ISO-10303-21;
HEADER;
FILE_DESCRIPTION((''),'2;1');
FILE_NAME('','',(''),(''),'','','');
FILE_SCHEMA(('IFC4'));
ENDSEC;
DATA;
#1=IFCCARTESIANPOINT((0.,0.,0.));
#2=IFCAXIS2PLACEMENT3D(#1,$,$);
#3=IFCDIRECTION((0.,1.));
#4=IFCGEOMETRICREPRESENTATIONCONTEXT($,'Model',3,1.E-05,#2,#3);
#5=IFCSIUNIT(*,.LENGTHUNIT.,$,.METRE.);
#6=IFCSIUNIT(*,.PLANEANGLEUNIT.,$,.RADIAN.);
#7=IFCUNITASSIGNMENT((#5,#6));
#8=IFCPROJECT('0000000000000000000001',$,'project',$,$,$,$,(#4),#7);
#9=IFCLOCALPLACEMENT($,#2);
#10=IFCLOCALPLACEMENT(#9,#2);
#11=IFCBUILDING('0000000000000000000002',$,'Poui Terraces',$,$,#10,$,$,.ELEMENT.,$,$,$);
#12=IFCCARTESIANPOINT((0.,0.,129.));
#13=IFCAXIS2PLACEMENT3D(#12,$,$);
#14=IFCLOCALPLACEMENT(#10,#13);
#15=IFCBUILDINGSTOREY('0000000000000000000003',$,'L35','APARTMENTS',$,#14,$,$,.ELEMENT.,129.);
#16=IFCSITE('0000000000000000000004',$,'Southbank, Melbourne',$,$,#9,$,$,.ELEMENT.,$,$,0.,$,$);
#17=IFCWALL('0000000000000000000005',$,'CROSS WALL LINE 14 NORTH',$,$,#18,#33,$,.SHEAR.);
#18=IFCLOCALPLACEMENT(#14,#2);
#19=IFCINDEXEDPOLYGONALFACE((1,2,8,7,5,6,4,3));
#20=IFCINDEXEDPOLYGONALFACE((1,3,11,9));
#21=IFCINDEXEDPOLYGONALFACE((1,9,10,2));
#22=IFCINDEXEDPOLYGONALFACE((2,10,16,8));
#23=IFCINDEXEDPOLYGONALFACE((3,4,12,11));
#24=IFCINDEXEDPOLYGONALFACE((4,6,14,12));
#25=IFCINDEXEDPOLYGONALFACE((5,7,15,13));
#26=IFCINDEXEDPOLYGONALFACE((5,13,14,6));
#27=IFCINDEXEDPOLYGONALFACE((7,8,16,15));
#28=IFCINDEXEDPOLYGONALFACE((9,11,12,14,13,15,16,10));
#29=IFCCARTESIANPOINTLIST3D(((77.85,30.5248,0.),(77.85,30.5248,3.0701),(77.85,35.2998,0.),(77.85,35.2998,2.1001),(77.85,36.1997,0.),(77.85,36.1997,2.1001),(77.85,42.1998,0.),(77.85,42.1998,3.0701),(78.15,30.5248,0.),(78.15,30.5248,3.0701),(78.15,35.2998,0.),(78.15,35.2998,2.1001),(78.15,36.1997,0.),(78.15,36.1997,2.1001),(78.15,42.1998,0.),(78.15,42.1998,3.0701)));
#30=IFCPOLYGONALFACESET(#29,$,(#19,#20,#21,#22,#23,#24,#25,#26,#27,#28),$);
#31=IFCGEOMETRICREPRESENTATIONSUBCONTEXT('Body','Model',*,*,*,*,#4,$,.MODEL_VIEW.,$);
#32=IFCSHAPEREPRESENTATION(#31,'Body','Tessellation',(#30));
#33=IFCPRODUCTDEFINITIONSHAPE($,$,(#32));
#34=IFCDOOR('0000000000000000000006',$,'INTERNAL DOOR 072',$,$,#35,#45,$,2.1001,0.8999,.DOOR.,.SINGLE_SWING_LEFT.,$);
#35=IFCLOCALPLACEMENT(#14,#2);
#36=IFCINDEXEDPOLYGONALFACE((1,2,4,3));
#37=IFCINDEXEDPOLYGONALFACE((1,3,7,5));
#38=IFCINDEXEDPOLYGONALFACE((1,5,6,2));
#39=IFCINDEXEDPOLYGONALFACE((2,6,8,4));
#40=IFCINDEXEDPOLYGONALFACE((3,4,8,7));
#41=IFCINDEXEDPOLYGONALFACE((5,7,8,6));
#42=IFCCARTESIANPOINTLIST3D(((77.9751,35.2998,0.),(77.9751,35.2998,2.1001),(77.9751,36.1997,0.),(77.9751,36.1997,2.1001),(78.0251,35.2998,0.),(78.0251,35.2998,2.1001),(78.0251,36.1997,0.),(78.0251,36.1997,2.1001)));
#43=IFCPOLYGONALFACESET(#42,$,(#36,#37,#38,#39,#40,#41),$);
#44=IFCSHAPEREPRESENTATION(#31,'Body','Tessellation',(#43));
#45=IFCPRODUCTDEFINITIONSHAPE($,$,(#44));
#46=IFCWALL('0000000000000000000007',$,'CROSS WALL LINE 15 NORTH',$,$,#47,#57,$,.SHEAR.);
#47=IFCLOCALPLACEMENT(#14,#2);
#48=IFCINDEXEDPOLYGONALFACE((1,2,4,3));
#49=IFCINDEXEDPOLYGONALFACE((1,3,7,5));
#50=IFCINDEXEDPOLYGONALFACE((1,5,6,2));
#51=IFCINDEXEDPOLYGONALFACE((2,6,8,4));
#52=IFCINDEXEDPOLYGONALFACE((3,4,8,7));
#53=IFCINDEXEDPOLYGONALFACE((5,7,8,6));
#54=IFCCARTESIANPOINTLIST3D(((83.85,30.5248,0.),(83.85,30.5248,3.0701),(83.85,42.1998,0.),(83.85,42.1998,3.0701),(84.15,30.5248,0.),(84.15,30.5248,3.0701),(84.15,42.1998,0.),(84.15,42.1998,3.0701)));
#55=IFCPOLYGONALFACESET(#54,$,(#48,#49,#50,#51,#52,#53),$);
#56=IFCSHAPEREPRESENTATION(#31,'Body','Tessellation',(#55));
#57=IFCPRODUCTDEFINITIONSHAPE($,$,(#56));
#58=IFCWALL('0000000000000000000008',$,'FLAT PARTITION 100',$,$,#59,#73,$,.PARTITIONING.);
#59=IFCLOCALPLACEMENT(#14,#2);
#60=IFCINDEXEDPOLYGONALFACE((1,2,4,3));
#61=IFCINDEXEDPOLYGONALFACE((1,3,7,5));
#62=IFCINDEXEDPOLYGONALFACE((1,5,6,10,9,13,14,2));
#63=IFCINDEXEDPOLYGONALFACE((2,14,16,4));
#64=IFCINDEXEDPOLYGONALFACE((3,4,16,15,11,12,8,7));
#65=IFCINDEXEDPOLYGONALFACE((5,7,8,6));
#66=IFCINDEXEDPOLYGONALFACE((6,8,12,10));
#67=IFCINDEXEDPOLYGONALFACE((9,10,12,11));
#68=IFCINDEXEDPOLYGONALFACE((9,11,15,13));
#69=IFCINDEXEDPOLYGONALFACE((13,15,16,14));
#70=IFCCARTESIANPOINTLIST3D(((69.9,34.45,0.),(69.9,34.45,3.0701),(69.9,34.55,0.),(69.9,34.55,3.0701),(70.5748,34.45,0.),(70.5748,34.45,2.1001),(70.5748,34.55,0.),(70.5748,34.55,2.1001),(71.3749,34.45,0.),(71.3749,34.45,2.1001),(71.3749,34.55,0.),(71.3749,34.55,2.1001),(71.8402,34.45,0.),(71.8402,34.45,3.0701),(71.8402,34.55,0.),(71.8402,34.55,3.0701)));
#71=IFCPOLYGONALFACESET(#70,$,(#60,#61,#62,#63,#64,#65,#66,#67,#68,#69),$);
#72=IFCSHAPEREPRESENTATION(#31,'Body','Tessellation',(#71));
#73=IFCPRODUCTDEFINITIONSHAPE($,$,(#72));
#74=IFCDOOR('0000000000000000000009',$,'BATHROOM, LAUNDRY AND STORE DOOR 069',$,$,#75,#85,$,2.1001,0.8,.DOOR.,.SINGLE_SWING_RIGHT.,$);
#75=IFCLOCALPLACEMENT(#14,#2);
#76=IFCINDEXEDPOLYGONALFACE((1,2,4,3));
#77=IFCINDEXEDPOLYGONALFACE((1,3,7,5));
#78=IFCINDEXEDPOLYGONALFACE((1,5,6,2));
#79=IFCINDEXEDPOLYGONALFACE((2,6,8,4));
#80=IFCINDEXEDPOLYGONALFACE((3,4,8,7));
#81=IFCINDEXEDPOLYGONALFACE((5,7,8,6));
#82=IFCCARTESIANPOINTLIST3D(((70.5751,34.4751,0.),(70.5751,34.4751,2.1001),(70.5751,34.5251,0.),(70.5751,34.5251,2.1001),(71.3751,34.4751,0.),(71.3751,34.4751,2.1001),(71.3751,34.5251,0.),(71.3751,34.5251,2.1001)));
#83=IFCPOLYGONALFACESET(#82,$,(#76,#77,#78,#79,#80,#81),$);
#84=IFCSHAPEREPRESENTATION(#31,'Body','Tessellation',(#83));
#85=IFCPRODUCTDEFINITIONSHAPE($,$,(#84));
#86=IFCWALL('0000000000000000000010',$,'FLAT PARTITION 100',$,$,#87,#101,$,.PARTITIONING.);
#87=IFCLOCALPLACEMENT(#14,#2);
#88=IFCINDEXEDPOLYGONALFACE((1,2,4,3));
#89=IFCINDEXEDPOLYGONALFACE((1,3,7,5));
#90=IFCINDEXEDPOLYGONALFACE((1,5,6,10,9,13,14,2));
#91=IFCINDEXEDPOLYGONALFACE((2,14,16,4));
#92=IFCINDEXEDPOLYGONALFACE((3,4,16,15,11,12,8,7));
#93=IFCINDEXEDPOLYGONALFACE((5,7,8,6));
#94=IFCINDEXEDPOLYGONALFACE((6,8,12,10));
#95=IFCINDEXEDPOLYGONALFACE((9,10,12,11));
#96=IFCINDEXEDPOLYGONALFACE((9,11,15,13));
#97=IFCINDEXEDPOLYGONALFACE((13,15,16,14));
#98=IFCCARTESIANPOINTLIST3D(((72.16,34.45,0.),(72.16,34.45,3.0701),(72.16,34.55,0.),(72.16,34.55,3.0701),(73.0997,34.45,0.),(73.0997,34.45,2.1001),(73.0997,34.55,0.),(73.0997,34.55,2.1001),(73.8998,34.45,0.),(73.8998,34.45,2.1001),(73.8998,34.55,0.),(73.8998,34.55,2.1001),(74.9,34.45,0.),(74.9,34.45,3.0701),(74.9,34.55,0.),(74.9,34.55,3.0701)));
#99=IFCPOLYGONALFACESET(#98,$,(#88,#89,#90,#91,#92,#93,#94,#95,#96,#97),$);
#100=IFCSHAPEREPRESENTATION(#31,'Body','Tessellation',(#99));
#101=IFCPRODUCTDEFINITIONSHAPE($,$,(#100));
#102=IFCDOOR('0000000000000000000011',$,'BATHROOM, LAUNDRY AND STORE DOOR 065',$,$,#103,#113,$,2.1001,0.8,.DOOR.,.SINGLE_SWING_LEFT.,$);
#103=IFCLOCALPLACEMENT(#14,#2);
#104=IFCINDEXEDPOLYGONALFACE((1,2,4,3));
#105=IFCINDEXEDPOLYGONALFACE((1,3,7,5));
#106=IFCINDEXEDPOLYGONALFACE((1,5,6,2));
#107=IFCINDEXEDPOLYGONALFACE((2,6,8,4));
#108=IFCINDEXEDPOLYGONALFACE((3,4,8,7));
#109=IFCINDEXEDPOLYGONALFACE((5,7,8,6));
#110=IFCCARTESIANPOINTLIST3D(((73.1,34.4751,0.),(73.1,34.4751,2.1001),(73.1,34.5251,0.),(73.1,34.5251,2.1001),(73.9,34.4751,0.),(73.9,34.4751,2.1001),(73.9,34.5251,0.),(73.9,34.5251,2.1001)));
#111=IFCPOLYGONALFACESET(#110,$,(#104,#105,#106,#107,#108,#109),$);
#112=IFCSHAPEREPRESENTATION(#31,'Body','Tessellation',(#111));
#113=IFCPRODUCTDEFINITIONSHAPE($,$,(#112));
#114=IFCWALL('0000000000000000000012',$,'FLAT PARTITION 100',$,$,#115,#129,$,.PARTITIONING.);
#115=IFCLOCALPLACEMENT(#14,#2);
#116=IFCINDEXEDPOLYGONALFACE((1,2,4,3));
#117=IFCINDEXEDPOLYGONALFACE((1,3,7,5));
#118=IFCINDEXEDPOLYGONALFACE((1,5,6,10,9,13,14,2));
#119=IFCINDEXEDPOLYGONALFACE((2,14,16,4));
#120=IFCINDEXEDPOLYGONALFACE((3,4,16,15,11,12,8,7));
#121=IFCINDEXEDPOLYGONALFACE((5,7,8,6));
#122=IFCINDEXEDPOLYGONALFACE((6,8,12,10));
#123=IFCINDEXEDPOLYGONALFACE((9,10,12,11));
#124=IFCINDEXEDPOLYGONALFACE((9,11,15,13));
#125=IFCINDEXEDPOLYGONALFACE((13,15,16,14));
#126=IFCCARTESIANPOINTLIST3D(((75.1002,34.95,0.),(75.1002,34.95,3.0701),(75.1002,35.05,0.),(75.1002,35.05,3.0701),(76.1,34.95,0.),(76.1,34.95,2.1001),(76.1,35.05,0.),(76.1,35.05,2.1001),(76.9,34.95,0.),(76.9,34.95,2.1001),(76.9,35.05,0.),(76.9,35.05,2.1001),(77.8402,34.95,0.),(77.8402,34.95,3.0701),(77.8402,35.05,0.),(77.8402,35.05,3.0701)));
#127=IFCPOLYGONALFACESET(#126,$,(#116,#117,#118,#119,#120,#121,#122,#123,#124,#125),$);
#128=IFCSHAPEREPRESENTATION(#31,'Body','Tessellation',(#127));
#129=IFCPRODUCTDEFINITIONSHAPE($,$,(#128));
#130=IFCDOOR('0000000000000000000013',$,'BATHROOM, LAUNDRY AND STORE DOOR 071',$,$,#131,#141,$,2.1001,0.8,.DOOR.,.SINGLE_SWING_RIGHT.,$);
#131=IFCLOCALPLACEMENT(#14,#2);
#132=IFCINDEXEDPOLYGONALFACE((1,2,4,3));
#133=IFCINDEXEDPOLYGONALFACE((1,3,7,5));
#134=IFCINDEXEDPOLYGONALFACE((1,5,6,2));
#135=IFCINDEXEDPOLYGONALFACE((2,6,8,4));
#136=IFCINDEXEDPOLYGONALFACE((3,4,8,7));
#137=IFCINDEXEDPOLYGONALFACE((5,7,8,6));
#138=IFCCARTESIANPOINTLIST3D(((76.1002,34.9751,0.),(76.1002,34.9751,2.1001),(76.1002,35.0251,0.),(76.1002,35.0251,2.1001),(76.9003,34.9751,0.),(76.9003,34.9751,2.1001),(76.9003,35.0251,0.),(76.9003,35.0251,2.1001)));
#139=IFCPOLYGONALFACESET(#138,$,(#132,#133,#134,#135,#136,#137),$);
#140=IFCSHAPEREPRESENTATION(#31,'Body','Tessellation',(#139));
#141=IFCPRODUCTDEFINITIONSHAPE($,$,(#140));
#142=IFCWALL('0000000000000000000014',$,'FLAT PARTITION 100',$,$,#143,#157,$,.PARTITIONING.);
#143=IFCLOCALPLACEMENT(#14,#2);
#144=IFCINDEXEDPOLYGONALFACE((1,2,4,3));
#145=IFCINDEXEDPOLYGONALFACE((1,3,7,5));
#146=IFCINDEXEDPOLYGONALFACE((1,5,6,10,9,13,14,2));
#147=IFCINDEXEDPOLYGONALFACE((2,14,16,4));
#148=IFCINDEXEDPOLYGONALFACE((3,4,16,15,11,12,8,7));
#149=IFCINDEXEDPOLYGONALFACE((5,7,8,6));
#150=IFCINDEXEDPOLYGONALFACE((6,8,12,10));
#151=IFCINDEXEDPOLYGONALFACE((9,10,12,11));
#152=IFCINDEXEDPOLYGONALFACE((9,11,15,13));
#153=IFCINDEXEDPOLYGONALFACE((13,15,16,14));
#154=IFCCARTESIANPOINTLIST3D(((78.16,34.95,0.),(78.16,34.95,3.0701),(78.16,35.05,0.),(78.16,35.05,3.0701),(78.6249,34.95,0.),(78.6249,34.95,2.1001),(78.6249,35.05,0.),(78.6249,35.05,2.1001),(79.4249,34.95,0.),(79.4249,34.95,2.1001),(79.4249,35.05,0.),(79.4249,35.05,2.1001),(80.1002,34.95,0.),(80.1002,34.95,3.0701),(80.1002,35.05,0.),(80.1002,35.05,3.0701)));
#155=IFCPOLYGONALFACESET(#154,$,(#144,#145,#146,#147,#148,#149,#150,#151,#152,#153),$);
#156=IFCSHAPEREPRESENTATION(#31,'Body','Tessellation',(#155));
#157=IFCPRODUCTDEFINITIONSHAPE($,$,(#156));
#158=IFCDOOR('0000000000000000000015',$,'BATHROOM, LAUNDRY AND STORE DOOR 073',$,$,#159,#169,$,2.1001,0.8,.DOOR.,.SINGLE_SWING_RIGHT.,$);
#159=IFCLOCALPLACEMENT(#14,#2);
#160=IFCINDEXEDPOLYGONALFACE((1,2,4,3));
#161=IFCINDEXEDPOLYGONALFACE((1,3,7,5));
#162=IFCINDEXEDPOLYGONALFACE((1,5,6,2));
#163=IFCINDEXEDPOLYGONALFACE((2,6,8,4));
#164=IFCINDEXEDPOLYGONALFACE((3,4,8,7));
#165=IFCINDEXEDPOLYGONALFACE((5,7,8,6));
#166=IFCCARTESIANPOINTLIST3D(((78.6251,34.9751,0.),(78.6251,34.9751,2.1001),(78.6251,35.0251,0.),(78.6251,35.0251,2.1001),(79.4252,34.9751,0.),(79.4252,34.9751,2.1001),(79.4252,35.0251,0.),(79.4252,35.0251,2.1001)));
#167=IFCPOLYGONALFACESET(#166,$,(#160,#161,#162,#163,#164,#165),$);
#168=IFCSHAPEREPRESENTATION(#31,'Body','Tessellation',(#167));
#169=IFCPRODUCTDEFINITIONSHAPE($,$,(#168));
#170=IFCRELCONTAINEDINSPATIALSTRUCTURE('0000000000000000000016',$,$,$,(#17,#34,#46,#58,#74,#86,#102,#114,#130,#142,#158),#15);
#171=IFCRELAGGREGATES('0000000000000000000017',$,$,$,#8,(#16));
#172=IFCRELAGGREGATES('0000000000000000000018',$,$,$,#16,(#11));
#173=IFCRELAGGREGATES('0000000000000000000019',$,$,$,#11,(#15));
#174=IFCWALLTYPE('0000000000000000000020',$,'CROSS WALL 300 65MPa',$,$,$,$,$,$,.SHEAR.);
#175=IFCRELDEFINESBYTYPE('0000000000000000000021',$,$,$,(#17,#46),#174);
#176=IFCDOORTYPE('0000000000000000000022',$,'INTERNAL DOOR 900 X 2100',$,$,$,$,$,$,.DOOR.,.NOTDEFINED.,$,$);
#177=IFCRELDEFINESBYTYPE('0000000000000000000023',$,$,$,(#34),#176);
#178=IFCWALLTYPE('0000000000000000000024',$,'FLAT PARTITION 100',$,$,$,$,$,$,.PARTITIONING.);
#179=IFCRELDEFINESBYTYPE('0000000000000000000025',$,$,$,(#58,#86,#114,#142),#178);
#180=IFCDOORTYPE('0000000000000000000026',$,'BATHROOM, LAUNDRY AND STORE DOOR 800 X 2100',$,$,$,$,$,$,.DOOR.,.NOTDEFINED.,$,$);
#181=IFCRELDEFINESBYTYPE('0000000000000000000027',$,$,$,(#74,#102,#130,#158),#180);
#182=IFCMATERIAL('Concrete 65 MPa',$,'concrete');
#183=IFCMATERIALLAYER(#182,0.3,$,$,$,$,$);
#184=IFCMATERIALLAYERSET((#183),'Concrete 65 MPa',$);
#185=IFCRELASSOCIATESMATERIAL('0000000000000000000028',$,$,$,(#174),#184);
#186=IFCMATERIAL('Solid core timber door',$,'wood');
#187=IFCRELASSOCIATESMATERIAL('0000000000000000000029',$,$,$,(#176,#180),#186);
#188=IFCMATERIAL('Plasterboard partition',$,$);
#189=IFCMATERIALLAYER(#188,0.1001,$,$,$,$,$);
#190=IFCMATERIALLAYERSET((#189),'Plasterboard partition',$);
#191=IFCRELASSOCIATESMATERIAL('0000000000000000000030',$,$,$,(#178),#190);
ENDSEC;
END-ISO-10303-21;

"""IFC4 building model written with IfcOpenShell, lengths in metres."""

from ifc_helpers import new_model, si_unit, direction, frame, frame_2d, origin, place, context, subcontext, project, spatial, rectangle, extrude, material, layer, layer_set, type_object, element, fill, save


model = new_model("IFC4")

# Units and contexts
model_context = context("Model", 3, precision=1e-05, world=origin(), true_north=direction((0.0, 1.0)))
body_context = subcontext(model_context, "Body", "Model", "MODEL_VIEW")
ifc_project = project(units=[si_unit("LENGTHUNIT", "METRE"), si_unit("PLANEANGLEUNIT", "RADIAN")], contexts=[model_context])

# Site, building, storey
site_placement = place(None, origin())
site = spatial("IfcSite", under=ifc_project, at=site_placement, Name="Southbank, Melbourne", CompositionType="ELEMENT", RefElevation=0.0)
building_placement = place(site_placement, origin())
building = spatial("IfcBuilding", under=site, at=building_placement, Name="Poui Terraces", CompositionType="ELEMENT")
storey_placement = place(building_placement, frame((0.0, 0.0, 129.0)))
storey = spatial("IfcBuildingStorey", under=building, at=storey_placement, Name="L35", Description="APARTMENTS", CompositionType="ELEMENT", Elevation=129.0)

# Wall, opening, door
ifc_material_1 = material(Name="Concrete 65 MPa", Category="concrete")
ifc_layer_1 = layer(ifc_material_1, 0.3)
ifc_layer_set_1 = layer_set([ifc_layer_1], Name="Concrete 65 MPa")
wall_type_1 = type_object("IfcWallType", Name="CROSS WALL 300 65MPa", PredefinedType="SHEAR", material=ifc_layer_set_1)
wall_1_placement = place(storey_placement, frame((78.0, 30.5249, 0.0), z_axis=(0.0, 0.0, 1.0), x_axis=(0.0, 1.0, 0.0)))
wall_1 = element("IfcWall", 1, at=wall_1_placement, inside=storey, type_object=wall_type_1, Name="CROSS WALL LINE 14 NORTH", PredefinedType="SHEAR", context=body_context, shape_type="SweptSolid", body=[
    extrude(rectangle(XDim=11.675, YDim=0.3, at=frame_2d((5.8374, 0.0))), origin(), (0.0, 0.0, 1.0), 3.0701),
])
opening_1_placement = place(wall_1_placement, frame((4.7749, 0.0, 0.0)))
opening_1 = element("IfcOpeningElement", 2, at=opening_1_placement, cuts=wall_1, PredefinedType="OPENING", context=body_context, shape_type="SweptSolid", body=[
    extrude(rectangle(XDim=0.8999, YDim=2.1001, at=frame_2d((0.45, 1.05))), frame((0.0, 0.1602, 0.0), z_axis=(0.0, -1.0, 0.0), x_axis=(1.0, 0.0, 0.0)), (0.0, 0.0, 1.0), 0.3201),
])
ifc_material_2 = material(Name="Solid core timber door", Category="wood")
door_type_1 = type_object("IfcDoorType", Name="INTERNAL DOOR 900 X 2100", OperationType="NOTDEFINED", PredefinedType="DOOR", material=ifc_material_2)
door_1_placement = place(opening_1_placement, origin())
door_1 = element("IfcDoor", 3, at=door_1_placement, inside=storey, type_object=door_type_1, Name="INTERNAL DOOR 072", OperationType="SINGLE_SWING_LEFT", OverallHeight=2.1001, OverallWidth=0.8999, PredefinedType="DOOR", context=body_context, shape_type="SweptSolid", body=[
    extrude(rectangle(XDim=0.8999, YDim=2.1001, at=frame_2d((0.45, 1.05))), frame((0.0, 0.0249, 0.0), z_axis=(0.0, -1.0, 0.0), x_axis=(1.0, 0.0, 0.0)), (0.0, 0.0, 1.0), 0.05),
])
fill(opening_1, door_1)

# Wall
wall_2_placement = place(storey_placement, frame((84.0, 30.5249, 0.0), z_axis=(0.0, 0.0, 1.0), x_axis=(0.0, 1.0, 0.0)))
element("IfcWall", 4, at=wall_2_placement, inside=storey, type_object=wall_type_1, Name="CROSS WALL LINE 15 NORTH", PredefinedType="SHEAR", context=body_context, shape_type="SweptSolid", body=[
    extrude(rectangle(XDim=11.675, YDim=0.3, at=frame_2d((5.8374, 0.0))), origin(), (0.0, 0.0, 1.0), 3.0701),
])

# Walls, openings, doors
ifc_material_3 = material(Name="Plasterboard partition")
ifc_layer_2 = layer(ifc_material_3, 0.1001)
ifc_layer_set_2 = layer_set([ifc_layer_2], Name="Plasterboard partition")
wall_type_2 = type_object("IfcWallType", Name="FLAT PARTITION 100", PredefinedType="PARTITIONING", material=ifc_layer_set_2)
wall_3_placement = place(storey_placement, frame((69.8999, 34.5, 0.0), z_axis=(0.0, 0.0, 1.0), x_axis=(1.0, 0.0, 0.0)))
wall_3 = element("IfcWall", 5, at=wall_3_placement, inside=storey, type_object=wall_type_2, Name="FLAT PARTITION 100", PredefinedType="PARTITIONING", context=body_context, shape_type="SweptSolid", body=[
    extrude(rectangle(XDim=1.9402, YDim=0.1001, at=frame_2d((0.9702, 0.0))), origin(), (0.0, 0.0, 1.0), 3.0701),
])
opening_2_placement = place(wall_3_placement, frame((0.675, 0.0, 0.0)))
opening_2 = element("IfcOpeningElement", 6, at=opening_2_placement, cuts=wall_3, PredefinedType="OPENING", context=body_context, shape_type="SweptSolid", body=[
    extrude(rectangle(XDim=0.8, YDim=2.1001, at=frame_2d((0.3999, 1.05))), frame((0.0, 0.0601, 0.0), z_axis=(0.0, -1.0, 0.0), x_axis=(1.0, 0.0, 0.0)), (0.0, 0.0, 1.0), 0.1201),
])
door_type_2 = type_object("IfcDoorType", Name="BATHROOM, LAUNDRY AND STORE DOOR 800 X 2100", OperationType="NOTDEFINED", PredefinedType="DOOR", material=ifc_material_2)
door_2_placement = place(opening_2_placement, frame((0.8, 0.0, 0.0), z_axis=(0.0, 0.0, 1.0), x_axis=(-1.0, 0.0, 0.0)))
door_2 = element("IfcDoor", 7, at=door_2_placement, inside=storey, type_object=door_type_2, Name="BATHROOM, LAUNDRY AND STORE DOOR 069", OperationType="SINGLE_SWING_RIGHT", OverallHeight=2.1001, OverallWidth=0.8, PredefinedType="DOOR", context=body_context, shape_type="SweptSolid", body=[
    extrude(rectangle(XDim=0.8, YDim=2.1001, at=frame_2d((0.3999, 1.05))), frame((0.0, 0.0249, 0.0), z_axis=(0.0, -1.0, 0.0), x_axis=(1.0, 0.0, 0.0)), (0.0, 0.0, 1.0), 0.05),
])
fill(opening_2, door_2)
wall_4_placement = place(storey_placement, frame((72.1599, 34.5, 0.0), z_axis=(0.0, 0.0, 1.0), x_axis=(1.0, 0.0, 0.0)))
wall_4 = element("IfcWall", 8, at=wall_4_placement, inside=storey, type_object=wall_type_2, Name="FLAT PARTITION 100", PredefinedType="PARTITIONING", context=body_context, shape_type="SweptSolid", body=[
    extrude(rectangle(XDim=2.74, YDim=0.1001, at=frame_2d((1.3701, 0.0))), origin(), (0.0, 0.0, 1.0), 3.0701),
])
opening_3_placement = place(wall_4_placement, frame((0.9399, 0.0, 0.0)))
opening_3 = element("IfcOpeningElement", 9, at=opening_3_placement, cuts=wall_4, PredefinedType="OPENING", context=body_context, shape_type="SweptSolid", body=[
    extrude(rectangle(XDim=0.8, YDim=2.1001, at=frame_2d((0.3999, 1.05))), frame((0.0, 0.0601, 0.0), z_axis=(0.0, -1.0, 0.0), x_axis=(1.0, 0.0, 0.0)), (0.0, 0.0, 1.0), 0.1201),
])
door_3_placement = place(opening_3_placement, frame((0.8, 0.0, 0.0), z_axis=(0.0, 0.0, 1.0), x_axis=(-1.0, 0.0, 0.0)))
door_3 = element("IfcDoor", 10, at=door_3_placement, inside=storey, type_object=door_type_2, Name="BATHROOM, LAUNDRY AND STORE DOOR 065", OperationType="SINGLE_SWING_LEFT", OverallHeight=2.1001, OverallWidth=0.8, PredefinedType="DOOR", context=body_context, shape_type="SweptSolid", body=[
    extrude(rectangle(XDim=0.8, YDim=2.1001, at=frame_2d((0.3999, 1.05))), frame((0.0, 0.0249, 0.0), z_axis=(0.0, -1.0, 0.0), x_axis=(1.0, 0.0, 0.0)), (0.0, 0.0, 1.0), 0.05),
])
fill(opening_3, door_3)
wall_5_placement = place(storey_placement, frame((75.1001, 35.0, 0.0), z_axis=(0.0, 0.0, 1.0), x_axis=(1.0, 0.0, 0.0)))
wall_5 = element("IfcWall", 11, at=wall_5_placement, inside=storey, type_object=wall_type_2, Name="FLAT PARTITION 100", PredefinedType="PARTITIONING", context=body_context, shape_type="SweptSolid", body=[
    extrude(rectangle(XDim=2.74, YDim=0.1001, at=frame_2d((1.3701, 0.0))), origin(), (0.0, 0.0, 1.0), 3.0701),
])
opening_4_placement = place(wall_5_placement, frame((1.0, 0.0, 0.0)))
opening_4 = element("IfcOpeningElement", 12, at=opening_4_placement, cuts=wall_5, PredefinedType="OPENING", context=body_context, shape_type="SweptSolid", body=[
    extrude(rectangle(XDim=0.8, YDim=2.1001, at=frame_2d((0.3999, 1.05))), frame((0.0, 0.0601, 0.0), z_axis=(0.0, -1.0, 0.0), x_axis=(1.0, 0.0, 0.0)), (0.0, 0.0, 1.0), 0.1201),
])
door_4_placement = place(opening_4_placement, frame((0.8, 0.0, 0.0), z_axis=(0.0, 0.0, 1.0), x_axis=(-1.0, 0.0, 0.0)))
door_4 = element("IfcDoor", 13, at=door_4_placement, inside=storey, type_object=door_type_2, Name="BATHROOM, LAUNDRY AND STORE DOOR 071", OperationType="SINGLE_SWING_RIGHT", OverallHeight=2.1001, OverallWidth=0.8, PredefinedType="DOOR", context=body_context, shape_type="SweptSolid", body=[
    extrude(rectangle(XDim=0.8, YDim=2.1001, at=frame_2d((0.3999, 1.05))), frame((0.0, 0.0249, 0.0), z_axis=(0.0, -1.0, 0.0), x_axis=(1.0, 0.0, 0.0)), (0.0, 0.0, 1.0), 0.05),
])
fill(opening_4, door_4)
wall_6_placement = place(storey_placement, frame((78.1599, 35.0, 0.0), z_axis=(0.0, 0.0, 1.0), x_axis=(1.0, 0.0, 0.0)))
wall_6 = element("IfcWall", 14, at=wall_6_placement, inside=storey, type_object=wall_type_2, Name="FLAT PARTITION 100", PredefinedType="PARTITIONING", context=body_context, shape_type="SweptSolid", body=[
    extrude(rectangle(XDim=1.9402, YDim=0.1001, at=frame_2d((0.9702, 0.0))), origin(), (0.0, 0.0, 1.0), 3.0701),
])
opening_5_placement = place(wall_6_placement, frame((0.4651, 0.0, 0.0)))
opening_5 = element("IfcOpeningElement", 15, at=opening_5_placement, cuts=wall_6, PredefinedType="OPENING", context=body_context, shape_type="SweptSolid", body=[
    extrude(rectangle(XDim=0.8, YDim=2.1001, at=frame_2d((0.3999, 1.05))), frame((0.0, 0.0601, 0.0), z_axis=(0.0, -1.0, 0.0), x_axis=(1.0, 0.0, 0.0)), (0.0, 0.0, 1.0), 0.1201),
])
door_5_placement = place(opening_5_placement, frame((0.8, 0.0, 0.0), z_axis=(0.0, 0.0, 1.0), x_axis=(-1.0, 0.0, 0.0)))
door_5 = element("IfcDoor", 16, at=door_5_placement, inside=storey, type_object=door_type_2, Name="BATHROOM, LAUNDRY AND STORE DOOR 073", OperationType="SINGLE_SWING_RIGHT", OverallHeight=2.1001, OverallWidth=0.8, PredefinedType="DOOR", context=body_context, shape_type="SweptSolid", body=[
    extrude(rectangle(XDim=0.8, YDim=2.1001, at=frame_2d((0.3999, 1.05))), frame((0.0, 0.0249, 0.0), z_axis=(0.0, -1.0, 0.0), x_axis=(1.0, 0.0, 0.0)), (0.0, 0.0, 1.0), 0.05),
])
fill(opening_5, door_5)

save(model, "model.ifc")
